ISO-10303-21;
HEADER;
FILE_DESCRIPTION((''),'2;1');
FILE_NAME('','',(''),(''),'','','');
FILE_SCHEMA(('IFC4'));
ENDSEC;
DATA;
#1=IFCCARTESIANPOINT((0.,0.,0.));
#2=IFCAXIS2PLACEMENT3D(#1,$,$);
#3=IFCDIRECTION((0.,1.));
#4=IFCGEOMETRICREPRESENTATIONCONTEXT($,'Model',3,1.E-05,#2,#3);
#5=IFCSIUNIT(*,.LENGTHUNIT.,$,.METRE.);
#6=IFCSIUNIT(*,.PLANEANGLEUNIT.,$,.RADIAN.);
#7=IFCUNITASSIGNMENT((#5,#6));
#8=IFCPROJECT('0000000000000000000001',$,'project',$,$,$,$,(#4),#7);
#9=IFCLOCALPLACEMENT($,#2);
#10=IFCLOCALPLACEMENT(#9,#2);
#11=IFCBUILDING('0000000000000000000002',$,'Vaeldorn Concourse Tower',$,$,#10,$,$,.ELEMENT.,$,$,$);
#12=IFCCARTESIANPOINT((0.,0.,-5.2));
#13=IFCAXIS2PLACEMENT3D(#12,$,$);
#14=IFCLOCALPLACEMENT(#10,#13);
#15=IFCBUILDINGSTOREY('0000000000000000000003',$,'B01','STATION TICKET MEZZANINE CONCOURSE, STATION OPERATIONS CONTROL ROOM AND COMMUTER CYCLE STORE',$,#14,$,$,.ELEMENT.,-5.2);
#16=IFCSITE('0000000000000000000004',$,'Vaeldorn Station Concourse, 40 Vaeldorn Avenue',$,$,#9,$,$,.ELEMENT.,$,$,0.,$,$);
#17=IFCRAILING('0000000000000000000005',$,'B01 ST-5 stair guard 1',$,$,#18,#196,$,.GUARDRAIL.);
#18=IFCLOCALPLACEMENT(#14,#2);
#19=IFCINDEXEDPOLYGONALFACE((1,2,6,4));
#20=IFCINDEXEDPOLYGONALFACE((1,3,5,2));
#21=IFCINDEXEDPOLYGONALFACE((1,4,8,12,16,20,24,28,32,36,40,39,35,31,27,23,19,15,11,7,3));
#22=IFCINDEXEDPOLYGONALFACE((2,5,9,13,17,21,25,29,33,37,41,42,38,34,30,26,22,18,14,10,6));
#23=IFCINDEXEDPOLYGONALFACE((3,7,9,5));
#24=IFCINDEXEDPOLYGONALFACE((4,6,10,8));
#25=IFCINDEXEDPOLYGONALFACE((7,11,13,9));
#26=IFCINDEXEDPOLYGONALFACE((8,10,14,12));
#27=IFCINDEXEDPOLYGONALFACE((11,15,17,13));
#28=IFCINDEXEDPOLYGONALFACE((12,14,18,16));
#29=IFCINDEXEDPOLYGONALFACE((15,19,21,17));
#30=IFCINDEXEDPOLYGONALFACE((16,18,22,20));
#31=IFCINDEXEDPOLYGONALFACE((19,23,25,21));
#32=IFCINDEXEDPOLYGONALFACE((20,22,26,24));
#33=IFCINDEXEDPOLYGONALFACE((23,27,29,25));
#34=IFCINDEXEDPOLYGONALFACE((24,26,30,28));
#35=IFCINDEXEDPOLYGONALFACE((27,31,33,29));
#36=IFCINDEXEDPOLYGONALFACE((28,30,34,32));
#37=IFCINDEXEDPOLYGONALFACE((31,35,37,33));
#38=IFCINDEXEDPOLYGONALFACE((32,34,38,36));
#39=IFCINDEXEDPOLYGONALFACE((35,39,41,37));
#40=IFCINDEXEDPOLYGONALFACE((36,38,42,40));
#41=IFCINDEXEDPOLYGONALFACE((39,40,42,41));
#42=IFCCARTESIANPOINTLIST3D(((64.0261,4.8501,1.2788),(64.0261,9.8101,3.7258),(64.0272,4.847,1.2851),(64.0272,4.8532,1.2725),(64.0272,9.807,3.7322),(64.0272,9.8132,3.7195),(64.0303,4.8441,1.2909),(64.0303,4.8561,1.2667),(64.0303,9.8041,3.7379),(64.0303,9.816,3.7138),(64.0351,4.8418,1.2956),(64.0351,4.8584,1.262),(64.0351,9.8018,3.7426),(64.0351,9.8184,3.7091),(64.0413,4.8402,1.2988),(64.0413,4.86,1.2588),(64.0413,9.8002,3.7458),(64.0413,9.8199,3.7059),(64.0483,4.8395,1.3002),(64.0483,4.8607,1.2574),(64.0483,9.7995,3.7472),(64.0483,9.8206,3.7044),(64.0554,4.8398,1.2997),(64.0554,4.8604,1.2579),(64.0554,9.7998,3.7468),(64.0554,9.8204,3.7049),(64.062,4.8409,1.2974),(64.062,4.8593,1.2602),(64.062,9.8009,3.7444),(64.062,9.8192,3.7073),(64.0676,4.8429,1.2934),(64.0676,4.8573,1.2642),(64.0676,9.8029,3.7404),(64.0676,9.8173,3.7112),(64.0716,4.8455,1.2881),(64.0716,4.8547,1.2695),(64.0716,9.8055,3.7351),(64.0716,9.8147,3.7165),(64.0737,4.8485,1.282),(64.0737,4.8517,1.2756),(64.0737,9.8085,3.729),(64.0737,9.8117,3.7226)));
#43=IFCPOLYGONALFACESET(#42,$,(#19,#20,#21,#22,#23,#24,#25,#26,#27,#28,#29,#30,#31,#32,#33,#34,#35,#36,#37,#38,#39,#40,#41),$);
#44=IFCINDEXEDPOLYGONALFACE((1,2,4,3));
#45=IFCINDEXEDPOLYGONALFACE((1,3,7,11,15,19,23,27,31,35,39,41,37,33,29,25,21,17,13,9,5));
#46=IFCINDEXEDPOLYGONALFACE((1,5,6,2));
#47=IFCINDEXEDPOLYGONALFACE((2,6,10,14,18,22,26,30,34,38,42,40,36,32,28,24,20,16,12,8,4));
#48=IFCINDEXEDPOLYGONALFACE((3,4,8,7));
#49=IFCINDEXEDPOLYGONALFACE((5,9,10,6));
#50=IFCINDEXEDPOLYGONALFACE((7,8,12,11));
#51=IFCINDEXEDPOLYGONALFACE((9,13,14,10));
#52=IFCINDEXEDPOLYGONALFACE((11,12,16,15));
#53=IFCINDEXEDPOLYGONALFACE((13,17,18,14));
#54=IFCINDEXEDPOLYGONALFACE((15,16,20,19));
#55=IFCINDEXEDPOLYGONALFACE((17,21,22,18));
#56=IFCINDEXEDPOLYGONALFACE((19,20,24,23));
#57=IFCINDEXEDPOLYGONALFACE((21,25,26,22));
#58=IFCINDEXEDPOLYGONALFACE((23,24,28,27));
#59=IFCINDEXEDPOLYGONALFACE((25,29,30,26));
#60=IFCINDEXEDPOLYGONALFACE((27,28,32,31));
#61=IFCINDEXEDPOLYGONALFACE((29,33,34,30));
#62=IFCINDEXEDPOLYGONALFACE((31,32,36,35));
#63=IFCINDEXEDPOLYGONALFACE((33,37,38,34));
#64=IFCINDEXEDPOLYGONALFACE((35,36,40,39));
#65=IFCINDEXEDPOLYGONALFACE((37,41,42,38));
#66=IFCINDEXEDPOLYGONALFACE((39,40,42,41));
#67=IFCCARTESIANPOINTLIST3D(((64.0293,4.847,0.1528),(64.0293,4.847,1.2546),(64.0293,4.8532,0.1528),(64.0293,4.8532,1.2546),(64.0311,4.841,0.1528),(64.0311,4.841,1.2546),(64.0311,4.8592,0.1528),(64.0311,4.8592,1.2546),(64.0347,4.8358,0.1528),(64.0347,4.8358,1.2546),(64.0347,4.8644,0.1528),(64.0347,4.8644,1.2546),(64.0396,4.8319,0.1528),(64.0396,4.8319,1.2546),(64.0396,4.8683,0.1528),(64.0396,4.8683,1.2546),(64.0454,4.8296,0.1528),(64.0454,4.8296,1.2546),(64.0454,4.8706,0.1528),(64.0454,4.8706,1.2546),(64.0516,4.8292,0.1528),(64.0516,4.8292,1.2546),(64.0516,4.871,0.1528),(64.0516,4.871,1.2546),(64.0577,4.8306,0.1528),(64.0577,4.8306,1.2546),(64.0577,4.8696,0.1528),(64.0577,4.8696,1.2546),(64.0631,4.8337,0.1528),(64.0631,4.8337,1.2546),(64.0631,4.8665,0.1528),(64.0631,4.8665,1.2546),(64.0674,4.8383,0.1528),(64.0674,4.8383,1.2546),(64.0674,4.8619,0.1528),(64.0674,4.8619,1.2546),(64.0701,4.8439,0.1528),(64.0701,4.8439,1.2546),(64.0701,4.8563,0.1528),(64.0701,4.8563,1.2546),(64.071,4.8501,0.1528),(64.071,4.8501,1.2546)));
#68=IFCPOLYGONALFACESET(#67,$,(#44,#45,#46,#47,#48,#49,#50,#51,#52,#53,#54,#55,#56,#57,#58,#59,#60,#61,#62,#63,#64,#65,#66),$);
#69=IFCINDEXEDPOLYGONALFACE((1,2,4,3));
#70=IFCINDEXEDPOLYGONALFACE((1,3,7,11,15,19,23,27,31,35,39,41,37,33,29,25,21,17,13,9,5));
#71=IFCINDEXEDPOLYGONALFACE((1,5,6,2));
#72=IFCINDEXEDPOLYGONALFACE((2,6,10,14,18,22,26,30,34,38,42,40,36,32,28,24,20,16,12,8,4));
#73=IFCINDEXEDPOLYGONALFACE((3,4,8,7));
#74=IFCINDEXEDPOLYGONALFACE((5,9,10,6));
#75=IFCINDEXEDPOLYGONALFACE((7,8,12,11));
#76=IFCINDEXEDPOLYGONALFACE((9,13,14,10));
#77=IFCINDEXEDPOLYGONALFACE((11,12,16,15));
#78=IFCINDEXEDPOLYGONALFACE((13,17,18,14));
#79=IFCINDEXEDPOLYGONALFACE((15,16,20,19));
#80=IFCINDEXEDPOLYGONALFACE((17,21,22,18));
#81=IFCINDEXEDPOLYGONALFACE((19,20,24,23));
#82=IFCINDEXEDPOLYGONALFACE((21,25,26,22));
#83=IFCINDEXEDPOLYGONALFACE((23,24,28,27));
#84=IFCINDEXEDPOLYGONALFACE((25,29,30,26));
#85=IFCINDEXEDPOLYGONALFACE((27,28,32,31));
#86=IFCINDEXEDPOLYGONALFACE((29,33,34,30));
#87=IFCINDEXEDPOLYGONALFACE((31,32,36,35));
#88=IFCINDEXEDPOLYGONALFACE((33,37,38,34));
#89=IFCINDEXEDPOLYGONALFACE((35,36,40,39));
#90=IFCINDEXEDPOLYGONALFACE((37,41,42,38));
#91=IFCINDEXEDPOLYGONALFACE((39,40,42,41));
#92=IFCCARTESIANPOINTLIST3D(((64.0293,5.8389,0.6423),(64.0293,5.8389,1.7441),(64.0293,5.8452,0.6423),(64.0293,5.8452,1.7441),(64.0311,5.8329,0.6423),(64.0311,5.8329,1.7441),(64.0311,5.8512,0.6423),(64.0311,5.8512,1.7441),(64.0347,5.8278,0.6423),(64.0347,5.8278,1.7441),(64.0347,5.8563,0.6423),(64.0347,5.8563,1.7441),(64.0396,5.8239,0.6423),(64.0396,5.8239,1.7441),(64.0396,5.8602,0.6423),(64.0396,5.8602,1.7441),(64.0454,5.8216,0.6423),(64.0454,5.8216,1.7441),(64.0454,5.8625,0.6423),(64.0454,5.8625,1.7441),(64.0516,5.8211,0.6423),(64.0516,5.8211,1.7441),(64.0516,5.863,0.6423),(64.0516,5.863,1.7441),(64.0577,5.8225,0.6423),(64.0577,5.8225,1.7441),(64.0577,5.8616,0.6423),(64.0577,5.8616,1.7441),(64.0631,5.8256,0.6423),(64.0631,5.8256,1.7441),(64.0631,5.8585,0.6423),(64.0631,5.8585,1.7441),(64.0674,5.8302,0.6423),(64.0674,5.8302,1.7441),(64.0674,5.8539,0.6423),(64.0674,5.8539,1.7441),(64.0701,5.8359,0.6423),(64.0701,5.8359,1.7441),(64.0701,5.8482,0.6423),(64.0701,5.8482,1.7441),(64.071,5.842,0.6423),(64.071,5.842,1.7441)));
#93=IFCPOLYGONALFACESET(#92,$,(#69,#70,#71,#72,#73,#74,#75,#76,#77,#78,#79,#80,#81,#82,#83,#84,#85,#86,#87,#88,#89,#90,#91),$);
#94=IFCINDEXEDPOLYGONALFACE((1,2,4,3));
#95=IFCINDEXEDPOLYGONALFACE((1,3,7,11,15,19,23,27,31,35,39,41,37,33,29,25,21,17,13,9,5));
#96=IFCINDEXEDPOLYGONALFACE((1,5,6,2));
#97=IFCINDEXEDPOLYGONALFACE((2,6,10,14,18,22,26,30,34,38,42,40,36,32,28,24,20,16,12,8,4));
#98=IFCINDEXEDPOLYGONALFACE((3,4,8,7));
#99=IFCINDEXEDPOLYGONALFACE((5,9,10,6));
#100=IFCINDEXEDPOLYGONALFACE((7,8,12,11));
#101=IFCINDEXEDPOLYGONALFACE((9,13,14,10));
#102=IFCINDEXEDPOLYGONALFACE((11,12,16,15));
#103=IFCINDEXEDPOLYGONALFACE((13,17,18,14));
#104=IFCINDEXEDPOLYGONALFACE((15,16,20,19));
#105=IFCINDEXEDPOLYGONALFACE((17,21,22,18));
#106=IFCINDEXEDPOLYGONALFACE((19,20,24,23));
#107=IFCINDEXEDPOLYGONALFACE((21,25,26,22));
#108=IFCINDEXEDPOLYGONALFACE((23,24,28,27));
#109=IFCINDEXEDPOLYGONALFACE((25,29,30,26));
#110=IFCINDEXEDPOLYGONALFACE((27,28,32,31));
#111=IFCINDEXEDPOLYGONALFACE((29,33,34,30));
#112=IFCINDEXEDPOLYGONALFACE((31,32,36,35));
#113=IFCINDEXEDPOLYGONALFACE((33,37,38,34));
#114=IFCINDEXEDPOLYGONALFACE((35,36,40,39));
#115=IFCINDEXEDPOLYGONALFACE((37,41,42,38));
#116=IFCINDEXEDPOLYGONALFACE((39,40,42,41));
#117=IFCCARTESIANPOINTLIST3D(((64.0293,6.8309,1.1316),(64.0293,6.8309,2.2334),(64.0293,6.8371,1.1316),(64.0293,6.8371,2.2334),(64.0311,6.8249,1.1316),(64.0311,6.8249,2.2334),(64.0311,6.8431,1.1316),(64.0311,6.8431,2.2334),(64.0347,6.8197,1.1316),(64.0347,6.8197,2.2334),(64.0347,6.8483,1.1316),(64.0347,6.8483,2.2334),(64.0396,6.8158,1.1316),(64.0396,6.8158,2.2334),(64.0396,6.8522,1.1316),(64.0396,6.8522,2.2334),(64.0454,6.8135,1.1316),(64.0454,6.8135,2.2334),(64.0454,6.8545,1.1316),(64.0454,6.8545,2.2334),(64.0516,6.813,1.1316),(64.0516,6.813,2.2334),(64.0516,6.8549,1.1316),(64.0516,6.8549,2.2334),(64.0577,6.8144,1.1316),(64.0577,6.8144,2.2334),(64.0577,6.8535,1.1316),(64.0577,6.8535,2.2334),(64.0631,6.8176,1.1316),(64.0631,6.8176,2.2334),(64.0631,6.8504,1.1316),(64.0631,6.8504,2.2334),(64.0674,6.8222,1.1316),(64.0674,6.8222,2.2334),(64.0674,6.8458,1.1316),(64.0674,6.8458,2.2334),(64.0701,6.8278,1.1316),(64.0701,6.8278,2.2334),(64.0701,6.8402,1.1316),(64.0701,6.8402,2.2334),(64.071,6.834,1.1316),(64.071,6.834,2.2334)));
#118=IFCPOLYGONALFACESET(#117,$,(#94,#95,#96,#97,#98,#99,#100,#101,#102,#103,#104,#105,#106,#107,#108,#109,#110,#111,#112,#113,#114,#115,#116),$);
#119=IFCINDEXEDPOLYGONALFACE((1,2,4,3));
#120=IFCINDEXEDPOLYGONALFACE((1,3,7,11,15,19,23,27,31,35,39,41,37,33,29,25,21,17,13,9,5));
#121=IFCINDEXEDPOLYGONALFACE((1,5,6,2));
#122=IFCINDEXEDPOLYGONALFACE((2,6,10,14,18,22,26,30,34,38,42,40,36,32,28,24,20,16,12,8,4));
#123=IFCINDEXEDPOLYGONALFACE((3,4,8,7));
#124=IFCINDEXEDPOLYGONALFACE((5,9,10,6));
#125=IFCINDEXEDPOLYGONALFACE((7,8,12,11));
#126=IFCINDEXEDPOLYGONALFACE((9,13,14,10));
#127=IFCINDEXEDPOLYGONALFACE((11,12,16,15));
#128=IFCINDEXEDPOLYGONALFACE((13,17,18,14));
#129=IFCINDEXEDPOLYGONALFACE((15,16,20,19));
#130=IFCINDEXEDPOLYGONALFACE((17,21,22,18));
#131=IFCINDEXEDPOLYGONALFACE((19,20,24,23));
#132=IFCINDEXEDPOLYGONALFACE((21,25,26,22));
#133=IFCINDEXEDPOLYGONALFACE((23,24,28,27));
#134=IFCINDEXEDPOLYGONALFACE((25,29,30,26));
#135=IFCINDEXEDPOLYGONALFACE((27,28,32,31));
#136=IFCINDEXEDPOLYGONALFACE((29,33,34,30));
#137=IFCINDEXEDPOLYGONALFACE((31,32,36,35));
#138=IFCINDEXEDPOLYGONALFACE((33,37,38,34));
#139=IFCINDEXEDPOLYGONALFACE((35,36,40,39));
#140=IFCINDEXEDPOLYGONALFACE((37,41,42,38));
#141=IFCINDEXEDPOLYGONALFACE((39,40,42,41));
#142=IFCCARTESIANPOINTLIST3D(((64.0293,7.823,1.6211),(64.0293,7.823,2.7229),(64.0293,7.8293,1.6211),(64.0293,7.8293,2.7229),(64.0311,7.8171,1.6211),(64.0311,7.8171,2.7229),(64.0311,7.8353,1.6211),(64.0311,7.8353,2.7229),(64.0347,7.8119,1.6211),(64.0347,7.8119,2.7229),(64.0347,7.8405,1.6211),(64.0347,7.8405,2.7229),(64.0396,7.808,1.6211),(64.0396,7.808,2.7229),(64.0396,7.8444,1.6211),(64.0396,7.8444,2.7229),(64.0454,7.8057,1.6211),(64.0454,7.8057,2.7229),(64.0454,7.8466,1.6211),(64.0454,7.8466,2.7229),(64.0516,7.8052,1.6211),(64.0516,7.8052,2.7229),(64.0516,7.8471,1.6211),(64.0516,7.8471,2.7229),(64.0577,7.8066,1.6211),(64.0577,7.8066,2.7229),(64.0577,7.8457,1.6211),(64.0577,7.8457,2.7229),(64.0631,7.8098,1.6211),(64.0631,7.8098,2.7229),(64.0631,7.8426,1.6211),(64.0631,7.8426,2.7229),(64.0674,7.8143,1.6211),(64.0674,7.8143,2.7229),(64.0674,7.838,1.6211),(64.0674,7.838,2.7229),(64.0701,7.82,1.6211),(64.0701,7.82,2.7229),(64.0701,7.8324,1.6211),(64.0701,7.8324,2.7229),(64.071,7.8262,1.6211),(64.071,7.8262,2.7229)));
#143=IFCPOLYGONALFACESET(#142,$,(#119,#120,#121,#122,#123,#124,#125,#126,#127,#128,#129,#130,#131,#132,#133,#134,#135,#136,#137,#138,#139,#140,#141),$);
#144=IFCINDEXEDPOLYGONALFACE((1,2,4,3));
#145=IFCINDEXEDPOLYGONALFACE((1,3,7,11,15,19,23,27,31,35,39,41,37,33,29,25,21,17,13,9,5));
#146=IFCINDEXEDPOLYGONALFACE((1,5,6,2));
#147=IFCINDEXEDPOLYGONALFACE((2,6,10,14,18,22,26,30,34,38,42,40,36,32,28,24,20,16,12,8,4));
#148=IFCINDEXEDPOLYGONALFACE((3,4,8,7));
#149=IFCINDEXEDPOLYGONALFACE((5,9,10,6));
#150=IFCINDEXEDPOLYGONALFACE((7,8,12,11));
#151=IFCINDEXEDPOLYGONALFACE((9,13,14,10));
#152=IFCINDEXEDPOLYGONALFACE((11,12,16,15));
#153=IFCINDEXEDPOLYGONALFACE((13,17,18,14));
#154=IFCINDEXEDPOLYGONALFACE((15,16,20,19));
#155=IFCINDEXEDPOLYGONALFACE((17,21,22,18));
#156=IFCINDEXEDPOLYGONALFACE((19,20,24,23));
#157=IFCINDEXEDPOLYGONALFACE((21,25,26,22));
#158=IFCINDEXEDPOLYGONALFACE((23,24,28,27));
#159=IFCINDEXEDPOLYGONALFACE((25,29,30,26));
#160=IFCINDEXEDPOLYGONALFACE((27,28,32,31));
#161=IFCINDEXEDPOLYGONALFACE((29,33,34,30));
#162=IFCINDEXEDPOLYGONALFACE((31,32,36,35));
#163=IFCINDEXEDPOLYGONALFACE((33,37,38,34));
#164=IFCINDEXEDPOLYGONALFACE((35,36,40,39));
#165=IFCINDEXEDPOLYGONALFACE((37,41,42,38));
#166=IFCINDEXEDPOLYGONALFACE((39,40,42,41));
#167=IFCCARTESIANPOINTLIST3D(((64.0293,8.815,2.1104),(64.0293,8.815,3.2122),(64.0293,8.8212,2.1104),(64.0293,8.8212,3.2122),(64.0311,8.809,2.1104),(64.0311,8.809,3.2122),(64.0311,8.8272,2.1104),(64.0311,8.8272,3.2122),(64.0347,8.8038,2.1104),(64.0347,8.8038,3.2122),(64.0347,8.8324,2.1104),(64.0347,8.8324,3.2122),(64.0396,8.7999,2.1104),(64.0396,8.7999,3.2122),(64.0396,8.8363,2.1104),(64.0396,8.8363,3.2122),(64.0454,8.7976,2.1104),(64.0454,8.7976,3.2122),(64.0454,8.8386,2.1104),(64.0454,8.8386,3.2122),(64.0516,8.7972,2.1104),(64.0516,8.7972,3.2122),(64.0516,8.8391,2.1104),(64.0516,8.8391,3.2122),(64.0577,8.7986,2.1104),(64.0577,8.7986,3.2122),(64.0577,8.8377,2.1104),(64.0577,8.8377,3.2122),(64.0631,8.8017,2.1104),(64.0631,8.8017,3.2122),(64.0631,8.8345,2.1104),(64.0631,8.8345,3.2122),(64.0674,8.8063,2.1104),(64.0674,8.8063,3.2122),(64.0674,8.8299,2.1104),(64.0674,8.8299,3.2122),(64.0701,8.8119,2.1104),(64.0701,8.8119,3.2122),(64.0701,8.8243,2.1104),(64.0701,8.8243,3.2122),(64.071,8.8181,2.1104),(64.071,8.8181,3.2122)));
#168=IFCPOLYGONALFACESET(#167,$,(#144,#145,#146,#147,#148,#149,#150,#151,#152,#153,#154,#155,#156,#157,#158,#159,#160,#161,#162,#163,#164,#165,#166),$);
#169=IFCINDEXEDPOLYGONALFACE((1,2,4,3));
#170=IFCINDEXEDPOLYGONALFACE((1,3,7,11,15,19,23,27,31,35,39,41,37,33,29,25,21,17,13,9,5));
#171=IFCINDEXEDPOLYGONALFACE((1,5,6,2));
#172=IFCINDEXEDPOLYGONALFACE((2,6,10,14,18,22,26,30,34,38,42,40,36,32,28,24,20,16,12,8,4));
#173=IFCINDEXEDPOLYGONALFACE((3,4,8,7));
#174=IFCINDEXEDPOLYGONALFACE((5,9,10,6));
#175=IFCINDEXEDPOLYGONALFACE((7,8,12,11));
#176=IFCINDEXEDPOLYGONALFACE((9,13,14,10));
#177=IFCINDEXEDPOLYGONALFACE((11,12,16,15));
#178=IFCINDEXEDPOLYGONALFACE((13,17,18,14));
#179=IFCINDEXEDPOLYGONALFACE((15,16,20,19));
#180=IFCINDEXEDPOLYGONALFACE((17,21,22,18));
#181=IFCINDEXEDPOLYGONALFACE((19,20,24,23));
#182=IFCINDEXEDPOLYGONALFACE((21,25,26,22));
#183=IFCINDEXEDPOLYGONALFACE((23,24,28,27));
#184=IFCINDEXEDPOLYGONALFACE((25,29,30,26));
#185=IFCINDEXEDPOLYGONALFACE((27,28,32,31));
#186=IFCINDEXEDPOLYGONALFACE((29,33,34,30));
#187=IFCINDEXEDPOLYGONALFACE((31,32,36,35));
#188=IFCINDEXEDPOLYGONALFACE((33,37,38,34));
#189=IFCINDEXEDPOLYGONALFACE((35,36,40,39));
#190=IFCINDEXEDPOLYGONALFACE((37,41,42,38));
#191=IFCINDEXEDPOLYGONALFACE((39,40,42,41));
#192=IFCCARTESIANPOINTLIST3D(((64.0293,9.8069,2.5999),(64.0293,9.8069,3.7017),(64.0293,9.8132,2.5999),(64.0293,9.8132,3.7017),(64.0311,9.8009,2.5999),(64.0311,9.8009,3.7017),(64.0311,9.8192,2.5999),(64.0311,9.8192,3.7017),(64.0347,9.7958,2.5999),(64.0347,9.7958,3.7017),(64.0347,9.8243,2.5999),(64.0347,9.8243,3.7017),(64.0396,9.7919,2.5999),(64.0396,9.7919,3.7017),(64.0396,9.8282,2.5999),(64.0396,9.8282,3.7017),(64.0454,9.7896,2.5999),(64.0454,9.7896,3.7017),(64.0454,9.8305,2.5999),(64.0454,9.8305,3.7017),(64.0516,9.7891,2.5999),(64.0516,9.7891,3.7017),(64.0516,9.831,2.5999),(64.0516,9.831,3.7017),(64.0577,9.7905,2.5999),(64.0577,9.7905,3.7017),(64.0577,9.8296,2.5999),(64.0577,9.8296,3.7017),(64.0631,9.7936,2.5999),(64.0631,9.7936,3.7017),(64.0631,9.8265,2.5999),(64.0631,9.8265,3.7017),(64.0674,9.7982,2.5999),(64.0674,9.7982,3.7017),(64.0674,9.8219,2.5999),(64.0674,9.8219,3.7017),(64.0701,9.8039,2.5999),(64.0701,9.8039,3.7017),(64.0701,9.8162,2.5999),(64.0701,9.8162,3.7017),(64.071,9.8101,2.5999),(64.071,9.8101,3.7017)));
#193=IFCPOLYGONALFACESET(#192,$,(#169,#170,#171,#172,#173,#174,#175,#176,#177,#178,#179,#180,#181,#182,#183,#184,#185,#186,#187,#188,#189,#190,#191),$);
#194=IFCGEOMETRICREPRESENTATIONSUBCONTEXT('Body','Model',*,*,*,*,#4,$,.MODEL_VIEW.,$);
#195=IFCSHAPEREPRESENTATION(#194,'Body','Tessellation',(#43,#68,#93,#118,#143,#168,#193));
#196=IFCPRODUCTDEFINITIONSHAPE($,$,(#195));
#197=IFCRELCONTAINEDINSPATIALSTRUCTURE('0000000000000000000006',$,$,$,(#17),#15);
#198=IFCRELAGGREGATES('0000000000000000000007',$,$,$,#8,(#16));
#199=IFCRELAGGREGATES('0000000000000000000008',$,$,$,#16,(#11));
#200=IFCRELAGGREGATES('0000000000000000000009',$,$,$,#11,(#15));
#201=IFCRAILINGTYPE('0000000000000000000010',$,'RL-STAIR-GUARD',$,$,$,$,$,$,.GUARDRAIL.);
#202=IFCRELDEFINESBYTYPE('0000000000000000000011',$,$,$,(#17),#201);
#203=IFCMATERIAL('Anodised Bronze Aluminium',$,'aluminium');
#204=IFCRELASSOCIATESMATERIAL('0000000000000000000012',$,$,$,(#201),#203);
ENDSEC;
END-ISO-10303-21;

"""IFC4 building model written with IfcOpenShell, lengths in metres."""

from ifc_helpers import new_model, si_unit, direction, frame, origin, origin_2d, place, context, subcontext, project, spatial, circle, extrude, material, type_object, element, save


model = new_model("IFC4")

# Units and contexts
model_context = context("Model", 3, precision=1e-05, world=origin(), true_north=direction((0.0, 1.0)))
body_context = subcontext(model_context, "Body", "Model", "MODEL_VIEW")
ifc_project = project(units=[si_unit("LENGTHUNIT", "METRE"), si_unit("PLANEANGLEUNIT", "RADIAN")], contexts=[model_context])

# Site, building, storey
site_placement = place(None, origin())
site = spatial("IfcSite", under=ifc_project, at=site_placement, Name="Vaeldorn Station Concourse, 40 Vaeldorn Avenue", CompositionType="ELEMENT", RefElevation=0.0)
building_placement = place(site_placement, origin())
building = spatial("IfcBuilding", under=site, at=building_placement, Name="Vaeldorn Concourse Tower", CompositionType="ELEMENT")
storey_placement = place(building_placement, frame((0.0, 0.0, -5.2)))
storey = spatial("IfcBuildingStorey", under=building, at=storey_placement, Name="B01", Description="STATION TICKET MEZZANINE CONCOURSE, STATION OPERATIONS CONTROL ROOM AND COMMUTER CYCLE STORE", CompositionType="ELEMENT", Elevation=-5.2)

# Railing
ifc_material_1 = material(Name="Anodised Bronze Aluminium", Category="aluminium")
railing_type_1 = type_object("IfcRailingType", Name="RL-STAIR-GUARD", PredefinedType="GUARDRAIL", material=ifc_material_1)
railing_1_placement = place(storey_placement, frame((64.05, 4.8501, 0.1528)))
element("IfcRailing", 1, at=railing_1_placement, inside=storey, type_object=railing_type_1, Name="B01 ST-5 stair guard 1", PredefinedType="GUARDRAIL", context=body_context, shape_type="SweptSolid", body=[
    extrude(circle(Radius=0.0239, at=origin_2d()), frame((0.0, 0.0, 1.126), z_axis=(0.0, 0.896798, 0.44244), x_axis=(-1.0, 0.0, 0.0)), (0.0, 0.0, 1.0), 5.5308),
    extrude(circle(Radius=0.021, at=origin_2d()), origin(), (0.0, 0.0, 1.0), 1.1018),
    extrude(circle(Radius=0.021, at=origin_2d()), frame((0.0, 0.9919, 0.4895)), (0.0, 0.0, 1.0), 1.1018),
    extrude(circle(Radius=0.021, at=origin_2d()), frame((0.0, 1.9839, 0.9788)), (0.0, 0.0, 1.0), 1.1018),
    extrude(circle(Radius=0.021, at=origin_2d()), frame((0.0, 2.9761, 1.4683)), (0.0, 0.0, 1.0), 1.1018),
    extrude(circle(Radius=0.021, at=origin_2d()), frame((0.0, 3.968, 1.9575)), (0.0, 0.0, 1.0), 1.1018),
    extrude(circle(Radius=0.021, at=origin_2d()), frame((0.0, 4.96, 2.447)), (0.0, 0.0, 1.0), 1.1018),
])

save(model, "model.ifc")
